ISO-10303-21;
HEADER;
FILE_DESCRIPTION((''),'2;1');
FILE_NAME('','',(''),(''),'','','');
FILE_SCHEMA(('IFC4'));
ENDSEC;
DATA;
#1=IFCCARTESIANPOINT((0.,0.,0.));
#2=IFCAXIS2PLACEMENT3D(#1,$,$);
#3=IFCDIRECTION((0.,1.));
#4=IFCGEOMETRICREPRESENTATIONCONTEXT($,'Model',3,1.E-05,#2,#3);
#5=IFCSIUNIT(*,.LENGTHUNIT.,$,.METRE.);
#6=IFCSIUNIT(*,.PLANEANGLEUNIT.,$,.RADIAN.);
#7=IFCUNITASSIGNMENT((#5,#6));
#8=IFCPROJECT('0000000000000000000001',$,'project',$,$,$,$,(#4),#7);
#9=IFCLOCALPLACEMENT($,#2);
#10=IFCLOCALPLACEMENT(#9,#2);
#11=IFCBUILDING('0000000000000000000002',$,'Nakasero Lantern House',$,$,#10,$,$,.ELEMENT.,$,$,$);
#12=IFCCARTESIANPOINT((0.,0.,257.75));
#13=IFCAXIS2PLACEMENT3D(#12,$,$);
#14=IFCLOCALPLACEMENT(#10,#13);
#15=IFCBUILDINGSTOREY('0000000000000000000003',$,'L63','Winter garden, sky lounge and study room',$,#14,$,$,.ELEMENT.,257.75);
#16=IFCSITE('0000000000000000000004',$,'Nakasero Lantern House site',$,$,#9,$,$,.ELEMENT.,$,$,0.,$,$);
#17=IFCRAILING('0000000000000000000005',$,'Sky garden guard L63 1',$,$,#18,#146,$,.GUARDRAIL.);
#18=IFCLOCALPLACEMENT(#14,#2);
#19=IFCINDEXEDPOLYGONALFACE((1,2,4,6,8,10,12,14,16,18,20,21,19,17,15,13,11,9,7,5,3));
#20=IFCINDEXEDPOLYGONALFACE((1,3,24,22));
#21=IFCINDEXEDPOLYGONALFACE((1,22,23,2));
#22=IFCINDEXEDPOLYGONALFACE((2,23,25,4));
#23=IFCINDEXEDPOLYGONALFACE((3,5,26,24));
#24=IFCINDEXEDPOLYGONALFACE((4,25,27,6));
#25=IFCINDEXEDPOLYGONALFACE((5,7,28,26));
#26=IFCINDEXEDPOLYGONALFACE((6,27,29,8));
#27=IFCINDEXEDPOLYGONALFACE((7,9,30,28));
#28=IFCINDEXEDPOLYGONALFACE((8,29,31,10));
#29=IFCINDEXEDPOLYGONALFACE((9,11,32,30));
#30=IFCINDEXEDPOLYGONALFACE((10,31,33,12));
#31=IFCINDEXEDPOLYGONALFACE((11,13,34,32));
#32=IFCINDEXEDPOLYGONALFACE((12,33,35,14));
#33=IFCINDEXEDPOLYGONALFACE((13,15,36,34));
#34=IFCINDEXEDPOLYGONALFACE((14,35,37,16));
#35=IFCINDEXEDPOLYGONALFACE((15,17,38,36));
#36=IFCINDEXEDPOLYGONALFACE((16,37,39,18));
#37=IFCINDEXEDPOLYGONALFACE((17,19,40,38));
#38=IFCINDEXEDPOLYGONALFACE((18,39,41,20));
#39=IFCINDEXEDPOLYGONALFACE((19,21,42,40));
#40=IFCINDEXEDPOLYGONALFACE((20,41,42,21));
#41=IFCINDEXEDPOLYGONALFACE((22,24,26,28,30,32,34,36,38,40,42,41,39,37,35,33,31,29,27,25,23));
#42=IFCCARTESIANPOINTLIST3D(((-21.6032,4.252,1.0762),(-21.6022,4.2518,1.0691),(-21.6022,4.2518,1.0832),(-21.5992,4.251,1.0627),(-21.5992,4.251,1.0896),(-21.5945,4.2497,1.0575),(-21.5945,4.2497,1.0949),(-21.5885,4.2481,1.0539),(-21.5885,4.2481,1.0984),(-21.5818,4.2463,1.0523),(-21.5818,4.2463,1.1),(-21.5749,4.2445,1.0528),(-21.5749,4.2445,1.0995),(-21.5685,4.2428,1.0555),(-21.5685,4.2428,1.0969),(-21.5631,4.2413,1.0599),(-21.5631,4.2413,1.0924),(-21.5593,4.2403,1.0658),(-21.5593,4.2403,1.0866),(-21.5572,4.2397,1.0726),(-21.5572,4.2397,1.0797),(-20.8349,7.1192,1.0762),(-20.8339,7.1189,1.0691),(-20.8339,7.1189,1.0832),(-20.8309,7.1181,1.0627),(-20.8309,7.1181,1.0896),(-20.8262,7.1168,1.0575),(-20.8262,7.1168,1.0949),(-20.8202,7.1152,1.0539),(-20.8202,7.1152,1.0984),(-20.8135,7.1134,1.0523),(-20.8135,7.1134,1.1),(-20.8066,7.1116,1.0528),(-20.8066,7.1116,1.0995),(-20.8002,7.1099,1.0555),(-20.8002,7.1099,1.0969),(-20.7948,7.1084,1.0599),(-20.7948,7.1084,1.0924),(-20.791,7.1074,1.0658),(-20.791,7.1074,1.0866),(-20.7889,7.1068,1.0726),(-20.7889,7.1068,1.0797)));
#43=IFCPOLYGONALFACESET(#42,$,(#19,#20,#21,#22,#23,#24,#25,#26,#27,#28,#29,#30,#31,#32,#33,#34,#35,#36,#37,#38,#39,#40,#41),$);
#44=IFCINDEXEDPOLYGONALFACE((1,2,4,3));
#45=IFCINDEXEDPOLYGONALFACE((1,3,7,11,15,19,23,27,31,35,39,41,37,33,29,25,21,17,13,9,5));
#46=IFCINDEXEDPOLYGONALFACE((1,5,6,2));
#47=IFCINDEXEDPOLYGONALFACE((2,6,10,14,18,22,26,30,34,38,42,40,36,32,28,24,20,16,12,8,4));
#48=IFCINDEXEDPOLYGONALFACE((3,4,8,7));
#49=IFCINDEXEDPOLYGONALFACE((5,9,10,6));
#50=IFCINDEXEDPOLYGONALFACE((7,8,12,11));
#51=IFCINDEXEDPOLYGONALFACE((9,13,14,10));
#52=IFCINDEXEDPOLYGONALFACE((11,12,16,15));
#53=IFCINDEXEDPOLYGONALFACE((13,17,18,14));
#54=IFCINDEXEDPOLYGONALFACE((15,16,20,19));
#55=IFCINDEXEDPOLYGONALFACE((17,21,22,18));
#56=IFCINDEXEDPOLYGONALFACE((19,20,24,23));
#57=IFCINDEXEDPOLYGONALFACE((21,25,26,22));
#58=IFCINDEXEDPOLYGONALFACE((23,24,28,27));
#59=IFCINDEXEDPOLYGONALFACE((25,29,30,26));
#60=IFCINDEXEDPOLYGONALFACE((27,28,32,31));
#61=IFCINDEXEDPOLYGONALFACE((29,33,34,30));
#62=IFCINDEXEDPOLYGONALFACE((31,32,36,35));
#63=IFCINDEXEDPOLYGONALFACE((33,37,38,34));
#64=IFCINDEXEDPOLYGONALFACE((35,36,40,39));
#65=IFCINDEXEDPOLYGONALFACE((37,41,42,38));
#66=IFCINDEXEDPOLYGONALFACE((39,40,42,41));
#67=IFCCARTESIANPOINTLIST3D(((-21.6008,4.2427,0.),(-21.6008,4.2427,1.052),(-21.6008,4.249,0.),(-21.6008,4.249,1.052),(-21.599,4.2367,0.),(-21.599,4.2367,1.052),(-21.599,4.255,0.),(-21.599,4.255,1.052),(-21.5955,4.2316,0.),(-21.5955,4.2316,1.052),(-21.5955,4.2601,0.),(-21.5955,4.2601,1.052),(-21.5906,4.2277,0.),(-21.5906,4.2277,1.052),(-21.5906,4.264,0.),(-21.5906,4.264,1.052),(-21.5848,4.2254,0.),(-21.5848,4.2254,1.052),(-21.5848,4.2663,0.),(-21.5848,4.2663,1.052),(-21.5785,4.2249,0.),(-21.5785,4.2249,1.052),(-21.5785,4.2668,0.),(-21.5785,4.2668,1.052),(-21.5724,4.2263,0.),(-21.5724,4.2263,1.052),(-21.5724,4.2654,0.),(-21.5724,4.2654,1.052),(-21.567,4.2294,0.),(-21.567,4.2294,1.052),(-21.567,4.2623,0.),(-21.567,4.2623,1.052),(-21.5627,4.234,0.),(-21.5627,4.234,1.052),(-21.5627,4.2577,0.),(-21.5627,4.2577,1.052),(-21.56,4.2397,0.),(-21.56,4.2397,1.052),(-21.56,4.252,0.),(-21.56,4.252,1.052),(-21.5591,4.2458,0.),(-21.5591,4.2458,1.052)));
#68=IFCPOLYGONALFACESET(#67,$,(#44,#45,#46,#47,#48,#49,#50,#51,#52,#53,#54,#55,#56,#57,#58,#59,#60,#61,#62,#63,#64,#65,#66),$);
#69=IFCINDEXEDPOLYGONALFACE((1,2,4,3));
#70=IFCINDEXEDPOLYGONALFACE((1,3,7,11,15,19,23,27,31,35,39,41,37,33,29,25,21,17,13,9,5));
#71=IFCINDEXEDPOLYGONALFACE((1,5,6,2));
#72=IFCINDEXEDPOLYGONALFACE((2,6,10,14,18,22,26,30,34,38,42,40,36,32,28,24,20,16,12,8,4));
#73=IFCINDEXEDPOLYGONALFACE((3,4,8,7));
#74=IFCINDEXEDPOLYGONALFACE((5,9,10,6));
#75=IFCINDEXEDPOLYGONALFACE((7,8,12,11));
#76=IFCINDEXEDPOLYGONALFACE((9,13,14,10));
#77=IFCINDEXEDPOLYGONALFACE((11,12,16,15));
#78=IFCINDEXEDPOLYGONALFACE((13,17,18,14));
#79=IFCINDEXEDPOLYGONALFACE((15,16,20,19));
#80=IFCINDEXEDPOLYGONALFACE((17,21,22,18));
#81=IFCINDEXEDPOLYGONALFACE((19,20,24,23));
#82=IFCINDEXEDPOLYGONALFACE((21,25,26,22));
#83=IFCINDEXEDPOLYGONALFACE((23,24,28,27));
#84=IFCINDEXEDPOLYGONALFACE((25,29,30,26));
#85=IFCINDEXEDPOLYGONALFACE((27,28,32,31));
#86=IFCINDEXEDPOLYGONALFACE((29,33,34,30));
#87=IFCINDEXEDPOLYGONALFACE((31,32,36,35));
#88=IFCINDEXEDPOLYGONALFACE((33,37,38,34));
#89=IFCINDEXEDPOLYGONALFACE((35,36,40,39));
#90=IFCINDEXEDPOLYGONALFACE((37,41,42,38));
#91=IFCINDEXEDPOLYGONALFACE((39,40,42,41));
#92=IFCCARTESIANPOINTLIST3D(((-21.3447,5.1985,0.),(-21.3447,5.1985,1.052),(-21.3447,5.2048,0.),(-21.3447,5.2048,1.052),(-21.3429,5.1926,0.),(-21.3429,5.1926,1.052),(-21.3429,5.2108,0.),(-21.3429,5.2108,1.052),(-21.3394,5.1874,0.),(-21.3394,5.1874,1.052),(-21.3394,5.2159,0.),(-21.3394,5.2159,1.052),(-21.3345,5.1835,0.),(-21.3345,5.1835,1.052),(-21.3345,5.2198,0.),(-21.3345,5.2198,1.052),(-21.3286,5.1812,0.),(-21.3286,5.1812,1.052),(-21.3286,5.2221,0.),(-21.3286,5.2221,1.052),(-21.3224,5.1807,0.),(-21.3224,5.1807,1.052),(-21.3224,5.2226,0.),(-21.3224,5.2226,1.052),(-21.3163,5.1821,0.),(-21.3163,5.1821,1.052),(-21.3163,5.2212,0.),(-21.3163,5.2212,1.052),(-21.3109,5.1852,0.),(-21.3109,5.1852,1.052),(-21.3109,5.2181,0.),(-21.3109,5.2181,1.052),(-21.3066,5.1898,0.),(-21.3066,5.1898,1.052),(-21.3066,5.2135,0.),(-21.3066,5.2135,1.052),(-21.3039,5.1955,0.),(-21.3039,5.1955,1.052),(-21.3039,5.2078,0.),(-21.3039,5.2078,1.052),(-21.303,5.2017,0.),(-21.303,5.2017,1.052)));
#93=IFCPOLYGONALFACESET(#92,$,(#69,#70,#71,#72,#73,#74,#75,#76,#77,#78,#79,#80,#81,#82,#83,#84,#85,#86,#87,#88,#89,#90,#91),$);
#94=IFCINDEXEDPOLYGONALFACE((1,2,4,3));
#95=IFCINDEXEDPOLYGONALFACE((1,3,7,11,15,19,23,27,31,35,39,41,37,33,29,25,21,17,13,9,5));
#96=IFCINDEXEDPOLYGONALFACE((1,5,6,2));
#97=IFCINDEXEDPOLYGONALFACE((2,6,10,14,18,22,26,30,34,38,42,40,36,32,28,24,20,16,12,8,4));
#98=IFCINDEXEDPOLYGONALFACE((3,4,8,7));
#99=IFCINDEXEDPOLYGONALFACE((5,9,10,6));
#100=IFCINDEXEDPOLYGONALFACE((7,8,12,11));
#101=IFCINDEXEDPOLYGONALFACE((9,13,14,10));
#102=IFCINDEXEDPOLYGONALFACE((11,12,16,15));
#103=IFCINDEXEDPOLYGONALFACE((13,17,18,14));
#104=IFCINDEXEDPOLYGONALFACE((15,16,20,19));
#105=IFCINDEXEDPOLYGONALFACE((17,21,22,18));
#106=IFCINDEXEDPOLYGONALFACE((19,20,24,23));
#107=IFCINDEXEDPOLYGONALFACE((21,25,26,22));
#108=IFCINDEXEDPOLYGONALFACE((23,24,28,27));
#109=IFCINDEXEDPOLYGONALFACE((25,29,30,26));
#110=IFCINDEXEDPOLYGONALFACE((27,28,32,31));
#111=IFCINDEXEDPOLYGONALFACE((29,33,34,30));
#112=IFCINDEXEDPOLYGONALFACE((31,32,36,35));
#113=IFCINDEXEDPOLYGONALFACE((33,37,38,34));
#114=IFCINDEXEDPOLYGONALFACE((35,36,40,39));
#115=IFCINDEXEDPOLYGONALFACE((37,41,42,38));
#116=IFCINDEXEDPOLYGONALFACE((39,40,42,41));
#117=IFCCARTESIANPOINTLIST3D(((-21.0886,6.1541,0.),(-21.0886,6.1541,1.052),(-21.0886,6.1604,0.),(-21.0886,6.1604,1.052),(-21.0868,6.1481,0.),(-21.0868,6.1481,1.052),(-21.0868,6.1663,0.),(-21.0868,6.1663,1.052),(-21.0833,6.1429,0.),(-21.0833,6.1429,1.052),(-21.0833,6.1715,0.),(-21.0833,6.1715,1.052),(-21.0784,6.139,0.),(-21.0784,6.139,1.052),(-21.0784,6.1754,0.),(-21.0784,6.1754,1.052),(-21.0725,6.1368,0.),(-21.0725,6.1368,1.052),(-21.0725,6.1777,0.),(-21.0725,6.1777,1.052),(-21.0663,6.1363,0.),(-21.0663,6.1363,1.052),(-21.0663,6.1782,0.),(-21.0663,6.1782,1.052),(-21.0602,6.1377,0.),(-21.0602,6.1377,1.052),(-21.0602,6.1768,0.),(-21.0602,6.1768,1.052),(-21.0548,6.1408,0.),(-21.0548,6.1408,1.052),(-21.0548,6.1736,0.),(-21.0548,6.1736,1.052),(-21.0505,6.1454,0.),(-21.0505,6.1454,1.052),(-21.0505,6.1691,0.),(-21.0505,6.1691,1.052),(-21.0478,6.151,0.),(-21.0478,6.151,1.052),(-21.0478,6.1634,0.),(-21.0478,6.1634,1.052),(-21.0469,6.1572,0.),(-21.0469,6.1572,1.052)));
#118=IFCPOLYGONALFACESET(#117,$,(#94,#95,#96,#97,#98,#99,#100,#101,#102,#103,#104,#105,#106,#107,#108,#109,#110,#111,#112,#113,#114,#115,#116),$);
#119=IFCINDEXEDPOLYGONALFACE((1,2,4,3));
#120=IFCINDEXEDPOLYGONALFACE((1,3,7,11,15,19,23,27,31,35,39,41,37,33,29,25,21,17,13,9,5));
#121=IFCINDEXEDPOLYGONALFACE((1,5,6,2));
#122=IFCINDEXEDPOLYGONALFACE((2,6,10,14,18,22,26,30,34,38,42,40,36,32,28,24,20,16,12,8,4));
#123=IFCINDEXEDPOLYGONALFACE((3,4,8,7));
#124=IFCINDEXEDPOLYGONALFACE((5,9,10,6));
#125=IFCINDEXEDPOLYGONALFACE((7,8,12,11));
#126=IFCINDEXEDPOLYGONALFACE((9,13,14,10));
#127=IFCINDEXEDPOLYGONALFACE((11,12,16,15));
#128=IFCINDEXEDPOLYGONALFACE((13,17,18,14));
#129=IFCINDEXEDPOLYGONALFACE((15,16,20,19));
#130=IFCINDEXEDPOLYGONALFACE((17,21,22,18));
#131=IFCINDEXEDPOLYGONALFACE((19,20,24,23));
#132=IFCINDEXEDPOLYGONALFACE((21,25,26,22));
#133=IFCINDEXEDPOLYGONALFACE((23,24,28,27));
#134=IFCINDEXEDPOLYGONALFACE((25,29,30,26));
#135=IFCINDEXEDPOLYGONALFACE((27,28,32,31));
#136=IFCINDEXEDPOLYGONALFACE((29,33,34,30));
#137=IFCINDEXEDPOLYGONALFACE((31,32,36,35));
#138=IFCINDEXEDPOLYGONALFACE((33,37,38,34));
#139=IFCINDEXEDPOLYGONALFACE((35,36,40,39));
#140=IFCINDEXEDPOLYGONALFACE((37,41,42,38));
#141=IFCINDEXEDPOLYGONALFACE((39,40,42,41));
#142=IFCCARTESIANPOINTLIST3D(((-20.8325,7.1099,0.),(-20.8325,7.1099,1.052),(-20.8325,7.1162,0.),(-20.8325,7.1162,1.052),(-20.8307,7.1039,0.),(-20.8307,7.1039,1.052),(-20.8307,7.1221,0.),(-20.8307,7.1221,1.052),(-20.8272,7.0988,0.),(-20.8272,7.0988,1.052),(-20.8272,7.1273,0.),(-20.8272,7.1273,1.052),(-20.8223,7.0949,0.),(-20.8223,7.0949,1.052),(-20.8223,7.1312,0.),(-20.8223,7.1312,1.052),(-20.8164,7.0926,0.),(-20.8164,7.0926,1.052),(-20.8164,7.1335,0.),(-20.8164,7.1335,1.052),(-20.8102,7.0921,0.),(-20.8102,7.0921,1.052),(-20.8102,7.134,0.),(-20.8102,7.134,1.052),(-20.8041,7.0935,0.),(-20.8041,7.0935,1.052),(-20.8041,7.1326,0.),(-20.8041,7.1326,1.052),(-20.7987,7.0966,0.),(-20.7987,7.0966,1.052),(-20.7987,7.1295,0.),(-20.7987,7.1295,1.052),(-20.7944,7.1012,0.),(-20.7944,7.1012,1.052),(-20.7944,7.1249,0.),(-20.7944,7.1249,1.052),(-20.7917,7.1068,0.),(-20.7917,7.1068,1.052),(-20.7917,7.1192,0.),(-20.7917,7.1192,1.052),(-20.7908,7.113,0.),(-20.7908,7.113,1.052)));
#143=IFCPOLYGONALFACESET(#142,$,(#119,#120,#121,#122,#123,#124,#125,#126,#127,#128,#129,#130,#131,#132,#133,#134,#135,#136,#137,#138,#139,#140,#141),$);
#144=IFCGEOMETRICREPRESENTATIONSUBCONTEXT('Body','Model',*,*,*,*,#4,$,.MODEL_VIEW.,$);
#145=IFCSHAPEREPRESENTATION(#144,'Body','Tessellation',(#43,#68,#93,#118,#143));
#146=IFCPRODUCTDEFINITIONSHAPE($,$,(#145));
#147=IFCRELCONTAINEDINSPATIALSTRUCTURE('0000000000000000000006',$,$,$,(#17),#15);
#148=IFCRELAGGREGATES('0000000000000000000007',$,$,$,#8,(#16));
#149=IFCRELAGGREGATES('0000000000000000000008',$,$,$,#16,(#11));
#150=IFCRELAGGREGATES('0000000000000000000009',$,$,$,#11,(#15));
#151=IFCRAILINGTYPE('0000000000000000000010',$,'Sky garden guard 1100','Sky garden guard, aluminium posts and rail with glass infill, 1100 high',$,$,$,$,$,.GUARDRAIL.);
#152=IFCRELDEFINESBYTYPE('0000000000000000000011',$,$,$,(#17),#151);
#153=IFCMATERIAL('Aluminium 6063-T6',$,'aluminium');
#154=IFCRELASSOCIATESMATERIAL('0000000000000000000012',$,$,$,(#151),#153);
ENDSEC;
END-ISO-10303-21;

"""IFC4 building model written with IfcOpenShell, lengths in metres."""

from ifc_helpers import new_model, si_unit, direction, frame, origin, origin_2d, place, context, subcontext, project, spatial, circle, extrude, material, type_object, element, save


model = new_model("IFC4")

# Units and contexts
model_context = context("Model", 3, precision=1e-05, world=origin(), true_north=direction((0.0, 1.0)))
body_context = subcontext(model_context, "Body", "Model", "MODEL_VIEW")
ifc_project = project(units=[si_unit("LENGTHUNIT", "METRE"), si_unit("PLANEANGLEUNIT", "RADIAN")], contexts=[model_context])

# Site, building, storey
site_placement = place(None, origin())
site = spatial("IfcSite", under=ifc_project, at=site_placement, Name="Nakasero Lantern House site", CompositionType="ELEMENT", RefElevation=0.0)
building_placement = place(site_placement, origin())
building = spatial("IfcBuilding", under=site, at=building_placement, Name="Nakasero Lantern House", CompositionType="ELEMENT")
storey_placement = place(building_placement, frame((0.0, 0.0, 257.75)))
storey = spatial("IfcBuildingStorey", under=building, at=storey_placement, Name="L63", Description="Winter garden, sky lounge and study room", CompositionType="ELEMENT", Elevation=257.75)

# Railing
ifc_material_1 = material(Name="Aluminium 6063-T6", Category="aluminium")
railing_type = type_object("IfcRailingType", Name="Sky garden guard 1100", Description="Sky garden guard, aluminium posts and rail with glass infill, 1100 high", PredefinedType="GUARDRAIL", material=ifc_material_1)
railing_1_placement = place(storey_placement, frame((-21.5801, 4.2458, 0.0)))
element("IfcRailing", 1, at=railing_1_placement, inside=storey, type_object=railing_type, Name="Sky garden guard L63 1", PredefinedType="GUARDRAIL", context=body_context, shape_type="SweptSolid", body=[
    extrude(circle(Radius=0.0239, at=origin_2d()), frame((0.0, 0.0, 1.0762), z_axis=(0.258835, 0.965922, 0.0), x_axis=(-0.965922, 0.258835, 0.0)), (0.0, 0.0, 1.0), 2.9683),
    extrude(circle(Radius=0.021, at=origin_2d()), origin(), (0.0, 0.0, 1.0), 1.052),
    extrude(circle(Radius=0.021, at=origin_2d()), frame((0.2561, 0.9558, 0.0)), (0.0, 0.0, 1.0), 1.052),
    extrude(circle(Radius=0.021, at=origin_2d()), frame((0.5122, 1.9114, 0.0)), (0.0, 0.0, 1.0), 1.052),
    extrude(circle(Radius=0.021, at=origin_2d()), frame((0.7683, 2.8672, 0.0)), (0.0, 0.0, 1.0), 1.052),
])

save(model, "model.ifc")
